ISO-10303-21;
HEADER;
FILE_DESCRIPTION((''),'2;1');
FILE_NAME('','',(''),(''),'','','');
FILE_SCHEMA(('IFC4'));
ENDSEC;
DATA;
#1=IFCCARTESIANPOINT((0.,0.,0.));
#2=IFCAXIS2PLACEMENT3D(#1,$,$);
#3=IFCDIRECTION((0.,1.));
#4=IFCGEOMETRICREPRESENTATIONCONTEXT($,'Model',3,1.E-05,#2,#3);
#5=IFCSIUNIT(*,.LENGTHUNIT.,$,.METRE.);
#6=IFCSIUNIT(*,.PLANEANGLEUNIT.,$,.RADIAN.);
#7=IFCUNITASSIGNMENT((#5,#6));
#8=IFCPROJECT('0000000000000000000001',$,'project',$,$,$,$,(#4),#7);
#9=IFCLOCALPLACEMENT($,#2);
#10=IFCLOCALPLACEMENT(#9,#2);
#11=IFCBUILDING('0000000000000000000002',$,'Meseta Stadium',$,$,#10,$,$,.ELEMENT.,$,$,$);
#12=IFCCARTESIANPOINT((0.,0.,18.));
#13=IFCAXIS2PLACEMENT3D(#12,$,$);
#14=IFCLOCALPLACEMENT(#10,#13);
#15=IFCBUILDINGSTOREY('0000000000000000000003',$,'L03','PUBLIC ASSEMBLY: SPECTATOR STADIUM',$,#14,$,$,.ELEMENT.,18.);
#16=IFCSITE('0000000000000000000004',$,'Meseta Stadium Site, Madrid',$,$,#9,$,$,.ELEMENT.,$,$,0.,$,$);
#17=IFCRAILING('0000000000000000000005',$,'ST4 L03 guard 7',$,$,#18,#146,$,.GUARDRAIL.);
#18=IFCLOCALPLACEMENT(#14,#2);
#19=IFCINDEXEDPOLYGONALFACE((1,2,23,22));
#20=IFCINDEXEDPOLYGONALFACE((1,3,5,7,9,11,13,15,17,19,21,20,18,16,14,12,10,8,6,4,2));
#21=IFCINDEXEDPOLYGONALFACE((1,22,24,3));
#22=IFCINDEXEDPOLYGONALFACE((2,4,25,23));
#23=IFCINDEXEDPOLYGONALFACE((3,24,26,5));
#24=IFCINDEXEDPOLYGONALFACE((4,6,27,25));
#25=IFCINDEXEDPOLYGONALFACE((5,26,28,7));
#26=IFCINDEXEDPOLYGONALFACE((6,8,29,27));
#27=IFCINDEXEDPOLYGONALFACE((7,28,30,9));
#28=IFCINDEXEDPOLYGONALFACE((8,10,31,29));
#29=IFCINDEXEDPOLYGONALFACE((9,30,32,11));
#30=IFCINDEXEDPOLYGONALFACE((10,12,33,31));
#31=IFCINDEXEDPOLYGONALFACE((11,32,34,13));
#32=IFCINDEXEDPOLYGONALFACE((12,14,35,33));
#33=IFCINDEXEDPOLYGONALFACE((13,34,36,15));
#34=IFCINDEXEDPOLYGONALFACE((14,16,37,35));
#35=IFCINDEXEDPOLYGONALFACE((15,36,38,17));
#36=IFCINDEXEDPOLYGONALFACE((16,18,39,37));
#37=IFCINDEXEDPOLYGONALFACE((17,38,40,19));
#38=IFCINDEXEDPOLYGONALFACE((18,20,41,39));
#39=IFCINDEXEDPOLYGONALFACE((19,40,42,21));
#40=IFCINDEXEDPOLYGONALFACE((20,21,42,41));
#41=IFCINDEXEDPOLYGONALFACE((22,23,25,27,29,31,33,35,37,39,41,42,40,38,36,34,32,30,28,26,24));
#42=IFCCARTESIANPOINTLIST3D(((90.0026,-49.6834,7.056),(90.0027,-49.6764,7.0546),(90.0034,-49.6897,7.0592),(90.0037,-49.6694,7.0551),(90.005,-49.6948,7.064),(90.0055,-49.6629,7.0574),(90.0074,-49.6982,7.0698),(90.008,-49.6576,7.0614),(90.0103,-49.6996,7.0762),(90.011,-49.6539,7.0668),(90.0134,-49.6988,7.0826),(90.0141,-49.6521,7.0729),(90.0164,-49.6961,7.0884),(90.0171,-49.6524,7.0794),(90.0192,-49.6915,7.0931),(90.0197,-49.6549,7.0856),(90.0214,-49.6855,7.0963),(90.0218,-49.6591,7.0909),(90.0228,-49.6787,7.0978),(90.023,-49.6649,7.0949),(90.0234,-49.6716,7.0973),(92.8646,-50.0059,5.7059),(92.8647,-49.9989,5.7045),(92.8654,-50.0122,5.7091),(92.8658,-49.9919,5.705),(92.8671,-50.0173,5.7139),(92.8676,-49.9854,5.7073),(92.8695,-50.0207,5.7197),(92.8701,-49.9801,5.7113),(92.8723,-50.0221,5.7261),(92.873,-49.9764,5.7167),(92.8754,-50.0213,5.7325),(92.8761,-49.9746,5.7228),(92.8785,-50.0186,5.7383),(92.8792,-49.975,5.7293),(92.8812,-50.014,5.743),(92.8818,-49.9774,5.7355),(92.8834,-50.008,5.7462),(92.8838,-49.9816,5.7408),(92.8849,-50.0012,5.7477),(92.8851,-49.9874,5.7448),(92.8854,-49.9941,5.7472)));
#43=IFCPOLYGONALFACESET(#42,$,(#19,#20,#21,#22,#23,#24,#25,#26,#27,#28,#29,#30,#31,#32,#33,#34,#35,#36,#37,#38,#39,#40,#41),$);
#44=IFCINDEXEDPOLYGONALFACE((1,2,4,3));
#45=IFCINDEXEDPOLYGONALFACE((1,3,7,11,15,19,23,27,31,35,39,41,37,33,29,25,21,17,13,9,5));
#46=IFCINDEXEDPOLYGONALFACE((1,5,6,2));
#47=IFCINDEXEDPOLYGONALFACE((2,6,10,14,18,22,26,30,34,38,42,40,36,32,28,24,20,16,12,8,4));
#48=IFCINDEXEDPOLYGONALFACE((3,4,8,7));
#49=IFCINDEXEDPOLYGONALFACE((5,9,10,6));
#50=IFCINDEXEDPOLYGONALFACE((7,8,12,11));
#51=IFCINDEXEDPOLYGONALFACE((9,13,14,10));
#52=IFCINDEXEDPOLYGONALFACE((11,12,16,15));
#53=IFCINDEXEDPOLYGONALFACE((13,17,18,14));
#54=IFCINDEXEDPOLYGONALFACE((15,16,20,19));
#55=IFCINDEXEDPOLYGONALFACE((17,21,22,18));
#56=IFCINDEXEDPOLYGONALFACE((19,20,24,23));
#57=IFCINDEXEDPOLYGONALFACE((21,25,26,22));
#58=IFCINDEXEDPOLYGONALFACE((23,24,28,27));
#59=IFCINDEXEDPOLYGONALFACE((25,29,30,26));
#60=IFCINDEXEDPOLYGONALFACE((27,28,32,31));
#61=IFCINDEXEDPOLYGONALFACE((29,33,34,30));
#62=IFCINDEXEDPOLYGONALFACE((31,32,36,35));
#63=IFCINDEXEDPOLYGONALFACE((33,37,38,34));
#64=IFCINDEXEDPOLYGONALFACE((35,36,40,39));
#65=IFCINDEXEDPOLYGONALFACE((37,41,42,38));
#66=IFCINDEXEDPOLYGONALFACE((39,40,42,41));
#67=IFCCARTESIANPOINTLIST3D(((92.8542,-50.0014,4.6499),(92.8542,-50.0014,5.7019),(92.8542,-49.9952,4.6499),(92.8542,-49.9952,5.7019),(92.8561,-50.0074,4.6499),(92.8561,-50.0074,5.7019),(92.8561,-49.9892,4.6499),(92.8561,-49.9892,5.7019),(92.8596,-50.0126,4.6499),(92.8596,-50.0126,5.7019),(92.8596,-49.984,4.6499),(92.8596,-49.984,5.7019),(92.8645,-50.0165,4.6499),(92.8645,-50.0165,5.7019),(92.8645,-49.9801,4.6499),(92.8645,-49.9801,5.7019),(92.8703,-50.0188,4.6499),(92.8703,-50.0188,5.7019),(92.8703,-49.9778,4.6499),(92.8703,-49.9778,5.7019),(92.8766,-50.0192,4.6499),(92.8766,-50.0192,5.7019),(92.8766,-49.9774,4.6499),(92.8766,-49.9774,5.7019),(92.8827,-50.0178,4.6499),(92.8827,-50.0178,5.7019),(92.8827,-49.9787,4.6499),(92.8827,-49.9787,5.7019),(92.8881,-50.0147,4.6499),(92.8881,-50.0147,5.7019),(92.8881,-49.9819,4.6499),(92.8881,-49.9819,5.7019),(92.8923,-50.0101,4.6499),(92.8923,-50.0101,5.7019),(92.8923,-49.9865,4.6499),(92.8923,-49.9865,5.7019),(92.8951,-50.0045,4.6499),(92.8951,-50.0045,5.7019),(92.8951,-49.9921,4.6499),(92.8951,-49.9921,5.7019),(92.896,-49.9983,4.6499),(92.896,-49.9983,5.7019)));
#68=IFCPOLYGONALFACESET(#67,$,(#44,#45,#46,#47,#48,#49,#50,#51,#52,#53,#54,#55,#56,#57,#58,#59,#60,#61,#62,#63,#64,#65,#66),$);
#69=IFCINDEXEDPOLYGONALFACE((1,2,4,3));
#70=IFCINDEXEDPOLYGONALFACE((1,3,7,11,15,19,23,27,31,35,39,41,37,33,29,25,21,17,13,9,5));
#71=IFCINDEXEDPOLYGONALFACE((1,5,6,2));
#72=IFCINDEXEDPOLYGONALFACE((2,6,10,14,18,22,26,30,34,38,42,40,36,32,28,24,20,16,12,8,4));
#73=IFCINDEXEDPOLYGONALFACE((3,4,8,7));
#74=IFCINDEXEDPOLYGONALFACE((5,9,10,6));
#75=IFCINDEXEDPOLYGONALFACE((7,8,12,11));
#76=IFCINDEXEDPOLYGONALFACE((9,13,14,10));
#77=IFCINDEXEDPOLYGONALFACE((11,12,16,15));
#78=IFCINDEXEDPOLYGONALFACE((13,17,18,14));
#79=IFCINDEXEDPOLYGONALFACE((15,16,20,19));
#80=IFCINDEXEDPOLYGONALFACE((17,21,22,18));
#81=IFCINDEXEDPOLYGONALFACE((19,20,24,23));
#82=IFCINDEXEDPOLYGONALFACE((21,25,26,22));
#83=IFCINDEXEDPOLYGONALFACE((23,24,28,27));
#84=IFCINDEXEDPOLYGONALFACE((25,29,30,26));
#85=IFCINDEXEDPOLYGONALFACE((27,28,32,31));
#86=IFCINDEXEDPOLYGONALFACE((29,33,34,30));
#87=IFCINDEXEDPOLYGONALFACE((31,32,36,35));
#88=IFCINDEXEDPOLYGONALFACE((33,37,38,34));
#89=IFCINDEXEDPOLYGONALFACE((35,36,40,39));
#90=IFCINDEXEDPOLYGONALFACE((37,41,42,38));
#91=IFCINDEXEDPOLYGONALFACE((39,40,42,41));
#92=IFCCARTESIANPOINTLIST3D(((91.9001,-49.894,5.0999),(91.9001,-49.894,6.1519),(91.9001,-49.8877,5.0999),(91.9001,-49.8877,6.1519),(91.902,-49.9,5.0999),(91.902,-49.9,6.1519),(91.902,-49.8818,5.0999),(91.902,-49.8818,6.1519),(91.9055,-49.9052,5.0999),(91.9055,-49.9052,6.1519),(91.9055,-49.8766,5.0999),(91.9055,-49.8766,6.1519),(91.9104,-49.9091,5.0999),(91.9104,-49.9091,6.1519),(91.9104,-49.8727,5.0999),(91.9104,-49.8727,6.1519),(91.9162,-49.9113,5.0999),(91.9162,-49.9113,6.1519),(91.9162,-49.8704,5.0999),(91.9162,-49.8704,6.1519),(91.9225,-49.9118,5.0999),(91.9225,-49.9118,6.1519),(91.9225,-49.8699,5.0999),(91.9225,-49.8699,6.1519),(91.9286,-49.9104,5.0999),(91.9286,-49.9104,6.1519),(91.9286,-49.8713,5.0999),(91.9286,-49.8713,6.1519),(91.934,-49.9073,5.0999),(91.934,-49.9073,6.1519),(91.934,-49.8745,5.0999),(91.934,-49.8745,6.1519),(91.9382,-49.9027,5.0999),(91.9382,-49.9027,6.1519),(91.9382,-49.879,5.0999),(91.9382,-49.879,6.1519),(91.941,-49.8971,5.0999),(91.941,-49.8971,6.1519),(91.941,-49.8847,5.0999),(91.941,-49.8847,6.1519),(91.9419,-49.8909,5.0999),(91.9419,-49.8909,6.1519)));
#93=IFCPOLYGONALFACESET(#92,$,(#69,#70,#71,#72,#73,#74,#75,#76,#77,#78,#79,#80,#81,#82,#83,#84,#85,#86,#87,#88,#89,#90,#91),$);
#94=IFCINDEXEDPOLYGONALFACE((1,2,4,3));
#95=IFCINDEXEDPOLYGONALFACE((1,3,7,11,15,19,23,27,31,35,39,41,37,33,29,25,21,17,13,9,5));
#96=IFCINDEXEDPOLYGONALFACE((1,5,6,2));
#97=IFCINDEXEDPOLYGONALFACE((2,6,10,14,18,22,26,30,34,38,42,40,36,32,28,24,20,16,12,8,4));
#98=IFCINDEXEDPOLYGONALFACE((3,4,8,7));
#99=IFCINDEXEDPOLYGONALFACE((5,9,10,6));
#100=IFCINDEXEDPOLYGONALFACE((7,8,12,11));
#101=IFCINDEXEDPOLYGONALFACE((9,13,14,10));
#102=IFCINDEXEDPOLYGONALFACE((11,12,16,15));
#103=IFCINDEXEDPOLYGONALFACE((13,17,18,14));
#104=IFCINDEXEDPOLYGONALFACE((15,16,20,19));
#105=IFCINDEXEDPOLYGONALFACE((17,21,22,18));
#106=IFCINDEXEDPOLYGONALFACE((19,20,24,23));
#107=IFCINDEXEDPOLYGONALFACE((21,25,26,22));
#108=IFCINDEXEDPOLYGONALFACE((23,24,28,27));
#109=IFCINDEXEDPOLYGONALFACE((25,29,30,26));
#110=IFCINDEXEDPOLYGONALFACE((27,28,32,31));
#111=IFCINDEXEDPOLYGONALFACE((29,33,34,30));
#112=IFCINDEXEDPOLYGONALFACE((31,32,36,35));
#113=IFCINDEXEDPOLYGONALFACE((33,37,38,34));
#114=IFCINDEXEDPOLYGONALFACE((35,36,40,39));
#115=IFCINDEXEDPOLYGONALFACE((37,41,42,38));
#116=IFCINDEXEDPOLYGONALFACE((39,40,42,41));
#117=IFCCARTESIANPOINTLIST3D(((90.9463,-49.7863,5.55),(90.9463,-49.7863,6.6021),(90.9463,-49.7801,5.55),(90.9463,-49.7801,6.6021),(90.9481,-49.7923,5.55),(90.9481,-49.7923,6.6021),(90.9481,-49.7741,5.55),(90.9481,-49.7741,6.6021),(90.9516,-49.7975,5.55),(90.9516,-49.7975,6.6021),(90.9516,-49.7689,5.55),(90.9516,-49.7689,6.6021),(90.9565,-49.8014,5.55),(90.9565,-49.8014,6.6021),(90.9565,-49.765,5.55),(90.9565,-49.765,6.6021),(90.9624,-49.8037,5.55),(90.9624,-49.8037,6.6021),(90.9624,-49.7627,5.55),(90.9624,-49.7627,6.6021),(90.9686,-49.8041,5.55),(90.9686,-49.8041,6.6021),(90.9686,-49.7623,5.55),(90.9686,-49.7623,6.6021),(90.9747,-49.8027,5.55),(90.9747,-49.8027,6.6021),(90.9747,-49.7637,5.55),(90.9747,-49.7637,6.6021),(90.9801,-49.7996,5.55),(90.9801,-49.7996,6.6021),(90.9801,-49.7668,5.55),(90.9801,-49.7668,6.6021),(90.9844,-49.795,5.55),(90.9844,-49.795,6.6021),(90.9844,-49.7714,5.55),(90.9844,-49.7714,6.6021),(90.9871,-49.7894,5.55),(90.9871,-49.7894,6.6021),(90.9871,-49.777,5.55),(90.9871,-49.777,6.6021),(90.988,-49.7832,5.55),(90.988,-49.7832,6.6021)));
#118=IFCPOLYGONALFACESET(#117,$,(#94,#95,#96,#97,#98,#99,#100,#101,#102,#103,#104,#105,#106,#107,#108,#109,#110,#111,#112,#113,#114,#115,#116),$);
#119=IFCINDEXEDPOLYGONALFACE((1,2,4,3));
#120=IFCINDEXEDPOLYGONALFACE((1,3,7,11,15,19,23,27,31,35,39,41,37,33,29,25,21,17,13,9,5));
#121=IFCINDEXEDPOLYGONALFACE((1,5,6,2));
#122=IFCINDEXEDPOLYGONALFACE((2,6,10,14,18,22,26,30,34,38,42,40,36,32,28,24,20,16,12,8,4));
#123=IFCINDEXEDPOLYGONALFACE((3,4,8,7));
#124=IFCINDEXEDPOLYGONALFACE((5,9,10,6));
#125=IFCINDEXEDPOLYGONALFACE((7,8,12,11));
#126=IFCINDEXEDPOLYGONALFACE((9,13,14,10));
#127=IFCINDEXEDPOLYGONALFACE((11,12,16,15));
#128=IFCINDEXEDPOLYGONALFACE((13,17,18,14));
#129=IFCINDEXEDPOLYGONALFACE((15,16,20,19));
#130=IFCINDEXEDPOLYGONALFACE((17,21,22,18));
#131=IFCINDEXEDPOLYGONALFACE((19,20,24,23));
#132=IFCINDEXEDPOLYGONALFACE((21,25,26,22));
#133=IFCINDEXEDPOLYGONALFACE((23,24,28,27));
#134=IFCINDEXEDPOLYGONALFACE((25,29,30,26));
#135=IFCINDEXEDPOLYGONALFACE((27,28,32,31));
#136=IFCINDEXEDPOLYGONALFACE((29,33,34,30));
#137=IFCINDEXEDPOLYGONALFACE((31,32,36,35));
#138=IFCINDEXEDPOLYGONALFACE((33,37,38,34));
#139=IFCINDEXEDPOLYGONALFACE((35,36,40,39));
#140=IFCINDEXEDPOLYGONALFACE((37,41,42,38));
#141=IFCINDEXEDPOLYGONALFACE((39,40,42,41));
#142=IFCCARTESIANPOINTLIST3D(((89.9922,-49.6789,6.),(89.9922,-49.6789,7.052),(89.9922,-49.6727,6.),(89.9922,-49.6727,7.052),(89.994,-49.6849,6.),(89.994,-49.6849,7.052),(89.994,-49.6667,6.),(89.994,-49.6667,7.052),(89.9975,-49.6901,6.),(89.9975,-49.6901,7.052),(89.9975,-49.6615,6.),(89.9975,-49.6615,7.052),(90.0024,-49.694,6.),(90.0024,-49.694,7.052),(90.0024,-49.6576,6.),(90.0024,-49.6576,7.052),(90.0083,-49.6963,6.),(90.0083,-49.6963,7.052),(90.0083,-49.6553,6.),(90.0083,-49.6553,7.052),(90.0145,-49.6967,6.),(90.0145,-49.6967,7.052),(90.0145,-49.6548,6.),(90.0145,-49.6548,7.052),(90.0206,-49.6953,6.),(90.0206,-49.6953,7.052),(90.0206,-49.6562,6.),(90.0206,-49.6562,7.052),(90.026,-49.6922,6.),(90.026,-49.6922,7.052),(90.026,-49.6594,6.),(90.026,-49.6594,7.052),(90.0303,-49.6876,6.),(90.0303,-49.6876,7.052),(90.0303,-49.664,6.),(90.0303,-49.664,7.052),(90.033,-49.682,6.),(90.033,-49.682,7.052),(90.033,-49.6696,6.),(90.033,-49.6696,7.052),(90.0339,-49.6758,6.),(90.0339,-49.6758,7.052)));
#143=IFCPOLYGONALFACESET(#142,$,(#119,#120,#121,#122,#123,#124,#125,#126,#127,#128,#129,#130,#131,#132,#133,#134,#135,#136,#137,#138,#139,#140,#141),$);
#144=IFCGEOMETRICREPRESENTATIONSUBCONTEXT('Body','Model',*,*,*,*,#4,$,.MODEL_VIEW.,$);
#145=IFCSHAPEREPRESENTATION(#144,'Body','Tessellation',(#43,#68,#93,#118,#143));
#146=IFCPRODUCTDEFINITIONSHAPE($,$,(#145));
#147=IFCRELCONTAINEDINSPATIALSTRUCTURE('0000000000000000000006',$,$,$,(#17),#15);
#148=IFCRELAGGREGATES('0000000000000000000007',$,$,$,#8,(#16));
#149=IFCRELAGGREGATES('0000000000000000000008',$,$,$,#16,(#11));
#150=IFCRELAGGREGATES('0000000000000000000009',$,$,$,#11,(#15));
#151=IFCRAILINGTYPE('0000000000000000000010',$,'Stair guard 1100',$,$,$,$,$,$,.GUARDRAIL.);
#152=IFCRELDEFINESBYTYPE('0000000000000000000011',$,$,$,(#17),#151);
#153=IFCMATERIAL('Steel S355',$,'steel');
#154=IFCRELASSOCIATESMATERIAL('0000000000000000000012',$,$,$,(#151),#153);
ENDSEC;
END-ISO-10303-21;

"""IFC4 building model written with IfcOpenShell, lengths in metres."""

from ifc_helpers import new_model, si_unit, direction, frame, origin, origin_2d, place, context, subcontext, project, spatial, circle, extrude, material, type_object, element, save


model = new_model("IFC4")

# Units and contexts
model_context = context("Model", 3, precision=1e-05, world=origin(), true_north=direction((0.0, 1.0)))
body_context = subcontext(model_context, "Body", "Model", "MODEL_VIEW")
ifc_project = project(units=[si_unit("LENGTHUNIT", "METRE"), si_unit("PLANEANGLEUNIT", "RADIAN")], contexts=[model_context])

# Site, building, storey
site_placement = place(None, origin())
site = spatial("IfcSite", under=ifc_project, at=site_placement, Name="Meseta Stadium Site, Madrid", CompositionType="ELEMENT", RefElevation=0.0)
building_placement = place(site_placement, origin())
building = spatial("IfcBuilding", under=site, at=building_placement, Name="Meseta Stadium", CompositionType="ELEMENT")
storey_placement = place(building_placement, frame((0.0, 0.0, 18.0)))
storey = spatial("IfcBuildingStorey", under=building, at=storey_placement, Name="L03", Description="PUBLIC ASSEMBLY: SPECTATOR STADIUM", CompositionType="ELEMENT", Elevation=18.0)

# Railing
ifc_material_1 = material(Name="Steel S355", Category="steel")
railing_type_1 = type_object("IfcRailingType", Name="Stair guard 1100", PredefinedType="GUARDRAIL", material=ifc_material_1)
railing_1_placement = place(storey_placement, frame((92.875, -49.9983, 4.6499)))
element("IfcRailing", 1, at=railing_1_placement, inside=storey, type_object=railing_type_1, Name="ST4 L03 guard 7", PredefinedType="GUARDRAIL", context=body_context, shape_type="SweptSolid", body=[
    extrude(circle(Radius=0.0239, at=origin_2d()), frame((0.0, 0.0, 1.0762), z_axis=(-0.899763, 0.101389, 0.424438), x_axis=(-0.111976, -0.993711, 0.0)), (0.0, 0.0, 1.0), 3.1809),
    extrude(circle(Radius=0.021, at=origin_2d()), origin(), (0.0, 0.0, 1.0), 1.052),
    extrude(circle(Radius=0.021, at=origin_2d()), frame((-0.9541, 0.1074, 0.45)), (0.0, 0.0, 1.0), 1.052),
    extrude(circle(Radius=0.021, at=origin_2d()), frame((-1.908, 0.2151, 0.9001)), (0.0, 0.0, 1.0), 1.052),
    extrude(circle(Radius=0.021, at=origin_2d()), frame((-2.8621, 0.3225, 1.3501)), (0.0, 0.0, 1.0), 1.052),
])

save(model, "model.ifc")
